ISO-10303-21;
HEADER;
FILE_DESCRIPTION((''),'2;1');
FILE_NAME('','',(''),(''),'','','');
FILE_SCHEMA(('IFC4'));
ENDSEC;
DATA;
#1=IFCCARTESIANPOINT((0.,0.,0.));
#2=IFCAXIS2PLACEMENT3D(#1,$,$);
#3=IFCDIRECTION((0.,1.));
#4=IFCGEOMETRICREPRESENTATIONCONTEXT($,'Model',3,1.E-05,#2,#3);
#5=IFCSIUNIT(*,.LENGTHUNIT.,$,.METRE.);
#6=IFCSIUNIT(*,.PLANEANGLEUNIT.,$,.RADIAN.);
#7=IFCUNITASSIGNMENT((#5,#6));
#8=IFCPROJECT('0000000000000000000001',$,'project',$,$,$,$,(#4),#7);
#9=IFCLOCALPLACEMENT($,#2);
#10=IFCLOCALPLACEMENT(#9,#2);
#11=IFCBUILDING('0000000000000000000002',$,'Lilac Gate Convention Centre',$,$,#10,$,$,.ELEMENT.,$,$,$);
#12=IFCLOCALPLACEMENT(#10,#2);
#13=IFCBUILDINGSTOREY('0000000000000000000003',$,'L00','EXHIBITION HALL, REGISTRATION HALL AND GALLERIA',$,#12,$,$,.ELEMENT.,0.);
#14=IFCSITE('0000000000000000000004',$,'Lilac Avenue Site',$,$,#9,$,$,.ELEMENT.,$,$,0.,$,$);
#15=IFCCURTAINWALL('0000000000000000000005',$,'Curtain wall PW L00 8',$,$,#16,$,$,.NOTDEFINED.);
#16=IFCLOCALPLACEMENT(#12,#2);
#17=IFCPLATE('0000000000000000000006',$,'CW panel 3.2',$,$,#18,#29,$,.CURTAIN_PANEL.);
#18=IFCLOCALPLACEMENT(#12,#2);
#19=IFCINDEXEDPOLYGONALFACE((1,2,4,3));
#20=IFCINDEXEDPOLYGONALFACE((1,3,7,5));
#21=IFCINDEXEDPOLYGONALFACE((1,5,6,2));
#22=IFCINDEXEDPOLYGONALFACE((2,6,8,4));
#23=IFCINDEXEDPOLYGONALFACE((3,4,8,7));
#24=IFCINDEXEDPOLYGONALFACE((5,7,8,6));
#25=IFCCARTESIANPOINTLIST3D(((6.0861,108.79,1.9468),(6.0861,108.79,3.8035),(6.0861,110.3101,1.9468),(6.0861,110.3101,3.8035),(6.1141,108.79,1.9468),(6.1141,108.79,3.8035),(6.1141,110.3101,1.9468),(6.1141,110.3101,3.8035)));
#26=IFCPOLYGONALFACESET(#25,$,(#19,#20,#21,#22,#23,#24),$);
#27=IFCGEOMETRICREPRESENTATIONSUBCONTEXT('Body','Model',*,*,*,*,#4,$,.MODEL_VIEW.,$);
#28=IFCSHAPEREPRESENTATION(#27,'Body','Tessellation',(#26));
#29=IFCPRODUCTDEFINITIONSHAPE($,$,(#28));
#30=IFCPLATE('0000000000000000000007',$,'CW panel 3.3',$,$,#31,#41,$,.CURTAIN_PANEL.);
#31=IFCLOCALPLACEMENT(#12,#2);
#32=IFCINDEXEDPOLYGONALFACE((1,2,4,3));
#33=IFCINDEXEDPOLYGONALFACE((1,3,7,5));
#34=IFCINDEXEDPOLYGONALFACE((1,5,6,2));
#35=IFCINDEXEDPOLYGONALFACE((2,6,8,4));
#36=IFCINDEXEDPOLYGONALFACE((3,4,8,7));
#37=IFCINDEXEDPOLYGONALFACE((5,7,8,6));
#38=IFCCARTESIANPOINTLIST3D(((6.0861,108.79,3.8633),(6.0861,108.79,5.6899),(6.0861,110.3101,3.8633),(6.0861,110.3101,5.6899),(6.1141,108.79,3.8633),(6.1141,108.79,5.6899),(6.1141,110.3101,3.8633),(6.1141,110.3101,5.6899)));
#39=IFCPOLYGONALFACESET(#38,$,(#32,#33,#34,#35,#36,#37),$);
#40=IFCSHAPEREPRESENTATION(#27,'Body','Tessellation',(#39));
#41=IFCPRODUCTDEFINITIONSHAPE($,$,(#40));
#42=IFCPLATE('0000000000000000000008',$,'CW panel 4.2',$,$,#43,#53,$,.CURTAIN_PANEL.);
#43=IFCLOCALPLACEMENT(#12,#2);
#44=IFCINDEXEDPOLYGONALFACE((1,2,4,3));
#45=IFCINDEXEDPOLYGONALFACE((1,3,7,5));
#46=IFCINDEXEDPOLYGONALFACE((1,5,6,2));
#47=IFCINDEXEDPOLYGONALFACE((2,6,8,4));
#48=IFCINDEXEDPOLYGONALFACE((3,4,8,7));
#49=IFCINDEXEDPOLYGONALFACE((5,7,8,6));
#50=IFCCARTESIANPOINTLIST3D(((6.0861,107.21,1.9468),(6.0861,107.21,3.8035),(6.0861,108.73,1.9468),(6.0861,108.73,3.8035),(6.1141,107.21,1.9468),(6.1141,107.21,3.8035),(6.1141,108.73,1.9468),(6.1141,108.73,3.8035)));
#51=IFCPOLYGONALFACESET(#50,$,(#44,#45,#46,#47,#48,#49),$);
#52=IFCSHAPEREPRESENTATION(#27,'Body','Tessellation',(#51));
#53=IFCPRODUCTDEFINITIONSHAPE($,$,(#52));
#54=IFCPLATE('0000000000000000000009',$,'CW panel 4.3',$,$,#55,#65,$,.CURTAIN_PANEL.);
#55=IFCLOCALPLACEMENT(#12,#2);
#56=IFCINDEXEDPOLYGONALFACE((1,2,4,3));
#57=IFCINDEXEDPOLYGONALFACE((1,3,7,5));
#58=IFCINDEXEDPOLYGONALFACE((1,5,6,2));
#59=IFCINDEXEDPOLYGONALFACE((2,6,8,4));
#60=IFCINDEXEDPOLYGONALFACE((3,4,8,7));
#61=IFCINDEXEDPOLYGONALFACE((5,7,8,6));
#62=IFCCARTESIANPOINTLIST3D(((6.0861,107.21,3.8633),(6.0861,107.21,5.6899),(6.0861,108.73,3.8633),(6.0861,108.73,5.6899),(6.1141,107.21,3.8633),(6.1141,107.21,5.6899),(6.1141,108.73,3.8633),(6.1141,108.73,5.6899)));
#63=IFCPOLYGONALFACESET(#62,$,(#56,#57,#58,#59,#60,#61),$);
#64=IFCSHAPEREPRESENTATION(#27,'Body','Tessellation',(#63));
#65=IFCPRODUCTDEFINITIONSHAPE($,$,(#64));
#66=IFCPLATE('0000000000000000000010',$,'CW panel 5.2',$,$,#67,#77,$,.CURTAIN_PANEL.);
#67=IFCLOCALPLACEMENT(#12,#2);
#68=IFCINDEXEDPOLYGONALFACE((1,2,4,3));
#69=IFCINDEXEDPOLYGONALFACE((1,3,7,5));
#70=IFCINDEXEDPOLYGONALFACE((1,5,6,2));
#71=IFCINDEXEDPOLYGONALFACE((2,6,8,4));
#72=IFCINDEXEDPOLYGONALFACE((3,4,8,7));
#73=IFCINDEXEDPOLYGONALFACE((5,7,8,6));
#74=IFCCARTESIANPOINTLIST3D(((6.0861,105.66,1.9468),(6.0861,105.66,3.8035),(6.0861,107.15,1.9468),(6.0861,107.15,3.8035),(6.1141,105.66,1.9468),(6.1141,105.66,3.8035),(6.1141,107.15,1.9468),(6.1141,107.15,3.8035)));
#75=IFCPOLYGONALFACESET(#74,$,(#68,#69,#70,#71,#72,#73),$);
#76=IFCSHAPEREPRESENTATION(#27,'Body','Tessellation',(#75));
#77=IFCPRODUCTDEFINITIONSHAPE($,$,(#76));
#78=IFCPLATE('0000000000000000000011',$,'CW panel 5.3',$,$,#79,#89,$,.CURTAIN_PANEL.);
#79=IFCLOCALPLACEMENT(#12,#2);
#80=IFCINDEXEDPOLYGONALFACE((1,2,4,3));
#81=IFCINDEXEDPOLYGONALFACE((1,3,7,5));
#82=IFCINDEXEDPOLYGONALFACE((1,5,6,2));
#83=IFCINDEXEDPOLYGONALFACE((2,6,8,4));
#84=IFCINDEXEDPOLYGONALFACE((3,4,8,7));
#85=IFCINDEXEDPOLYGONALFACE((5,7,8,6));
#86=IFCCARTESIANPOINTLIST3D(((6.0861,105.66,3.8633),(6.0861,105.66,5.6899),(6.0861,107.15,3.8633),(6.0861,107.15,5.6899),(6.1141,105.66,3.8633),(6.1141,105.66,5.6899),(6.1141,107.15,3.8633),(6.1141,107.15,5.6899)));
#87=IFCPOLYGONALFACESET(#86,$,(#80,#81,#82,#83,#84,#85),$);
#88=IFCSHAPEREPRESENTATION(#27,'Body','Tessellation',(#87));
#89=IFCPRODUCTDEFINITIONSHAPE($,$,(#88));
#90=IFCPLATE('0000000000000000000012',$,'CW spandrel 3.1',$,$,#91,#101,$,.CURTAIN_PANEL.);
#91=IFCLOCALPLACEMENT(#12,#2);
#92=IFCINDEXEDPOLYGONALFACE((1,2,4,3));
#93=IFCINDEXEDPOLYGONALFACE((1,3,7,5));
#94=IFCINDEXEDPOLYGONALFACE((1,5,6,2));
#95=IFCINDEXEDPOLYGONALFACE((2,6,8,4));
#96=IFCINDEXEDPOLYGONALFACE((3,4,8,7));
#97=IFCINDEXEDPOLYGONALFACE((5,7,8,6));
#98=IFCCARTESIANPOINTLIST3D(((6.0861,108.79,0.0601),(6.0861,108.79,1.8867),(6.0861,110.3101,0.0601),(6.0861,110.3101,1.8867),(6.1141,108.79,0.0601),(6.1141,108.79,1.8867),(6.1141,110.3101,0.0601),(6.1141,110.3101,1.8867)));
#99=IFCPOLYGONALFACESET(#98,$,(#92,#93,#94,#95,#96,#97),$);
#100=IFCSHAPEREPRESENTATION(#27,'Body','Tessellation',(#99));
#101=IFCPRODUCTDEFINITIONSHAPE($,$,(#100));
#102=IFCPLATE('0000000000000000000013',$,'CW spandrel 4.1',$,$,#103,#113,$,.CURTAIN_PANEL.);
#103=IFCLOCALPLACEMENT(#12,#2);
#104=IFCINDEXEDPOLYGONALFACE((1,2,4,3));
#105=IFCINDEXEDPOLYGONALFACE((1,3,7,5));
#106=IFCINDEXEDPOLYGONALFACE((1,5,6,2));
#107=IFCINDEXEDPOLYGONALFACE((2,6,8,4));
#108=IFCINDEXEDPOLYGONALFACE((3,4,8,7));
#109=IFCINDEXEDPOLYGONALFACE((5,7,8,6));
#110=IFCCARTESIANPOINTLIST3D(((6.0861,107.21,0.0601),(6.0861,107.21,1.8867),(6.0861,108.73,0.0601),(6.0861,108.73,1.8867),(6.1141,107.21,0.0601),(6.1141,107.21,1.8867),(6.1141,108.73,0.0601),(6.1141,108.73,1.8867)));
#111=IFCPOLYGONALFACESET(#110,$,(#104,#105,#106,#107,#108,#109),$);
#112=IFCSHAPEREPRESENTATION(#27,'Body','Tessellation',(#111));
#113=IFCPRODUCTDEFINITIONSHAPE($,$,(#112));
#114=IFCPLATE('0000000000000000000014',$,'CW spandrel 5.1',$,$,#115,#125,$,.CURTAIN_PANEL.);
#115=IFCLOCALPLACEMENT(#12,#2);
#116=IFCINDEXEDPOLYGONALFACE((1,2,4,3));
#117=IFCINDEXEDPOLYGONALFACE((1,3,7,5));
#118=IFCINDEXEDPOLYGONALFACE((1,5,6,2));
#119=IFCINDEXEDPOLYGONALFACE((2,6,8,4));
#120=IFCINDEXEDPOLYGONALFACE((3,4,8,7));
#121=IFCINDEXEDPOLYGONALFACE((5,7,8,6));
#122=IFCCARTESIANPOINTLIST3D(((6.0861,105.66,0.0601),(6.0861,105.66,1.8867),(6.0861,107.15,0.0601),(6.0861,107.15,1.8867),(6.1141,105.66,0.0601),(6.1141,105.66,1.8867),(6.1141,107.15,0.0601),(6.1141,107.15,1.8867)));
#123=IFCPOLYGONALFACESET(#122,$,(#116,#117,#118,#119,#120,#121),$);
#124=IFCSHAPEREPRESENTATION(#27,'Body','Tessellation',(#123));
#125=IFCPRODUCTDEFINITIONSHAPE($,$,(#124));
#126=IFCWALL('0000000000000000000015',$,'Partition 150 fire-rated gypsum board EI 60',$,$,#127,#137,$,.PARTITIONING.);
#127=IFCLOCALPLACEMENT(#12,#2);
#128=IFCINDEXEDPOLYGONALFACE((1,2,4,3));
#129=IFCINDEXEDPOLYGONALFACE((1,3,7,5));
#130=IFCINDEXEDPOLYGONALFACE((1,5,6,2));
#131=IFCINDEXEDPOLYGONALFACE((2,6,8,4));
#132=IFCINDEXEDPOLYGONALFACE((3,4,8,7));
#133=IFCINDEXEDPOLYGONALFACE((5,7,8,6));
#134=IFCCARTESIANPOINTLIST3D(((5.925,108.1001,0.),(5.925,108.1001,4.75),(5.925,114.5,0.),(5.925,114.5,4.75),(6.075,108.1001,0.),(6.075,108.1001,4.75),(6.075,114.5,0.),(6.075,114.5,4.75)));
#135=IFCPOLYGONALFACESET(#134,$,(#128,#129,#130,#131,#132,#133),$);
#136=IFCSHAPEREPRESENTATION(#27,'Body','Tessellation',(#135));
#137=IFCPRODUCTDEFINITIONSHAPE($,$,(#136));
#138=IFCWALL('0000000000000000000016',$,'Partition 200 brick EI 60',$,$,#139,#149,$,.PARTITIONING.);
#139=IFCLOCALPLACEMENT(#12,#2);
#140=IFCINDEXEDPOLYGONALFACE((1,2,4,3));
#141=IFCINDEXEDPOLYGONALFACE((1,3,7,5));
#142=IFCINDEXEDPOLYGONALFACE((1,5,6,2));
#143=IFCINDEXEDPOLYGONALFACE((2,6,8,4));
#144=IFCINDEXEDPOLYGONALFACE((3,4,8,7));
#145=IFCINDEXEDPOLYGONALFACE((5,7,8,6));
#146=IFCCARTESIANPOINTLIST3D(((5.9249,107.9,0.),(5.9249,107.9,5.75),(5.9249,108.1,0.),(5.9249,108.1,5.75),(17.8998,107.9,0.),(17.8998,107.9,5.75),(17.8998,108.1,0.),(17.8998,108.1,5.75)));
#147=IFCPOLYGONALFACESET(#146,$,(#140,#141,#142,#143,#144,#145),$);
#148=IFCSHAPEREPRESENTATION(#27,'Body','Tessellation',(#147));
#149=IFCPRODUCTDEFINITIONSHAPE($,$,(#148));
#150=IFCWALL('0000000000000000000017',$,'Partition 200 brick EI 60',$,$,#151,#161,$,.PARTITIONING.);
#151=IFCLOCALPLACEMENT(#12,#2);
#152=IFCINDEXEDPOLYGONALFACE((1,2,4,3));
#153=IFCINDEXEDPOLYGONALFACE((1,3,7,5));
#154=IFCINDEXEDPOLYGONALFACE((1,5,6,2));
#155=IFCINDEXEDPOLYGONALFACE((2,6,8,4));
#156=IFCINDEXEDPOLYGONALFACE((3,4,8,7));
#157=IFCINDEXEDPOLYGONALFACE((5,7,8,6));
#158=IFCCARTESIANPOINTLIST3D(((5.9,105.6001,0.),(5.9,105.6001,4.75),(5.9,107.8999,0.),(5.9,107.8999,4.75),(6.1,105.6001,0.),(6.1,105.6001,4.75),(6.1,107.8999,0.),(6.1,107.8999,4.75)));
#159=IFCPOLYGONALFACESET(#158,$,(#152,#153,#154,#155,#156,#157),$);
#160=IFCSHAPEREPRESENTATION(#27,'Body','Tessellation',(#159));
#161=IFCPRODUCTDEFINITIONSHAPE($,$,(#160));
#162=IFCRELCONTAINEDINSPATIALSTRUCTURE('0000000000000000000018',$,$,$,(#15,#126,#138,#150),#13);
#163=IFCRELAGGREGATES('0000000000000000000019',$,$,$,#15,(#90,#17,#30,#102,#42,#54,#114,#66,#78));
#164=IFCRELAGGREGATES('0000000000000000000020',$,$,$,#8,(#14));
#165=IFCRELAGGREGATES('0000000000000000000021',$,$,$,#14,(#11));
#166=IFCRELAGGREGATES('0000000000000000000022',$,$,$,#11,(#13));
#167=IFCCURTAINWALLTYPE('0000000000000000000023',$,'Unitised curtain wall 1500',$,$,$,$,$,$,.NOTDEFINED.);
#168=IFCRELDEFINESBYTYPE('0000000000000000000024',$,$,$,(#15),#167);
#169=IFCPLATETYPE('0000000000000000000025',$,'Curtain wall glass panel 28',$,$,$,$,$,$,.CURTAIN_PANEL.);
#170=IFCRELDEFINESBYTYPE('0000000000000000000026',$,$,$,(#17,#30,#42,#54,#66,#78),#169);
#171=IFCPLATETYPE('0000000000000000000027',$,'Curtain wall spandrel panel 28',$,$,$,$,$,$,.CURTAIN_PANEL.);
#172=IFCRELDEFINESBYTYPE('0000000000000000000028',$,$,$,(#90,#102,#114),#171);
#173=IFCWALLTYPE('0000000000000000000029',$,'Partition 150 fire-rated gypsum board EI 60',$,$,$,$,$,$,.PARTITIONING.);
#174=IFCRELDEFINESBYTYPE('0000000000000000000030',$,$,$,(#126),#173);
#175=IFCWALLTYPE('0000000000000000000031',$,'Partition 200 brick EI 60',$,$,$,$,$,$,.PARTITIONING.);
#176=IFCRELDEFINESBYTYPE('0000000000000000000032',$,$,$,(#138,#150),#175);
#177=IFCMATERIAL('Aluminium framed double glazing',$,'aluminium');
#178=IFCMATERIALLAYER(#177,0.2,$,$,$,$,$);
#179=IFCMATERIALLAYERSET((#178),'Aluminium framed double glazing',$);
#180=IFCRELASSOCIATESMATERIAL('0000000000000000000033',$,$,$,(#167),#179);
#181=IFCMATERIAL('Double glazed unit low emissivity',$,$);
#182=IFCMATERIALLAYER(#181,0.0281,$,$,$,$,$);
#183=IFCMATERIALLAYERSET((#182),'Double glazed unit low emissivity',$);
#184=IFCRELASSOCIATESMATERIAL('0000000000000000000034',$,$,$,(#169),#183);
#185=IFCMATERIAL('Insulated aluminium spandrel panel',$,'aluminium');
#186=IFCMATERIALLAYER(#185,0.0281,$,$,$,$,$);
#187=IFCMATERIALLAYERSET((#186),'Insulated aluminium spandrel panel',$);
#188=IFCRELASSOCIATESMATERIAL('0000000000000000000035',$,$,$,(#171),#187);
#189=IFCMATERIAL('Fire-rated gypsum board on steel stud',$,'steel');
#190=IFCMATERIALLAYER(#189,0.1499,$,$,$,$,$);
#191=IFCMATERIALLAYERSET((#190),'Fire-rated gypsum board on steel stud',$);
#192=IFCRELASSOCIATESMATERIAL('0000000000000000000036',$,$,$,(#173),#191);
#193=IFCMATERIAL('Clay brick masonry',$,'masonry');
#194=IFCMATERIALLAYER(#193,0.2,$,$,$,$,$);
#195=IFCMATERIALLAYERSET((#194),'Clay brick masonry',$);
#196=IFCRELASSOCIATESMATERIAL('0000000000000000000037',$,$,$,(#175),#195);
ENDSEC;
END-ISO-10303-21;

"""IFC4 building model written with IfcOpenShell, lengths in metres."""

from ifc_helpers import new_model, si_unit, direction, frame, frame_2d, origin, origin_2d, place, context, subcontext, project, spatial, rectangle, extrude, material, layer, layer_set, type_object, element, aggregate, save


model = new_model("IFC4")

# Units and contexts
model_context = context("Model", 3, precision=1e-05, world=origin(), true_north=direction((0.0, 1.0)))
body_context = subcontext(model_context, "Body", "Model", "MODEL_VIEW")
ifc_project = project(units=[si_unit("LENGTHUNIT", "METRE"), si_unit("PLANEANGLEUNIT", "RADIAN")], contexts=[model_context])

# Site, building, storey
site_placement = place(None, origin())
site = spatial("IfcSite", under=ifc_project, at=site_placement, Name="Lilac Avenue Site", CompositionType="ELEMENT", RefElevation=0.0)
building_placement = place(site_placement, origin())
building = spatial("IfcBuilding", under=site, at=building_placement, Name="Lilac Gate Convention Centre", CompositionType="ELEMENT")
storey_placement = place(building_placement, origin())
storey = spatial("IfcBuildingStorey", under=building, at=storey_placement, Name="L00", Description="EXHIBITION HALL, REGISTRATION HALL AND GALLERIA", CompositionType="ELEMENT", Elevation=0.0)

# Curtain wall, plates
ifc_material_1 = material(Name="Aluminium framed double glazing", Category="aluminium")
ifc_layer_1 = layer(ifc_material_1, 0.2)
ifc_layer_set_1 = layer_set([ifc_layer_1], Name="Aluminium framed double glazing")
curtain_wall_type = type_object("IfcCurtainWallType", Name="Unitised curtain wall 1500", PredefinedType="NOTDEFINED", material=ifc_layer_set_1)
curtain_wall_placement = place(storey_placement, origin())
curtain_wall = element("IfcCurtainWall", 1, at=curtain_wall_placement, inside=storey, type_object=curtain_wall_type, Name="Curtain wall PW L00 8", PredefinedType="NOTDEFINED")
ifc_material_2 = material(Name="Double glazed unit low emissivity")
ifc_layer_2 = layer(ifc_material_2, 0.0281)
ifc_layer_set_2 = layer_set([ifc_layer_2], Name="Double glazed unit low emissivity")
plate_type_1 = type_object("IfcPlateType", Name="Curtain wall glass panel 28", PredefinedType="CURTAIN_PANEL", material=ifc_layer_set_2)
plate_1_placement = place(storey_placement, frame((6.1001, 109.55, 1.9468), z_axis=(0.0, 0.0, 1.0), x_axis=(0.0, -1.0, 0.0)))
plate_1 = element("IfcPlate", 2, at=plate_1_placement, type_object=plate_type_1, Name="CW panel 3.2", PredefinedType="CURTAIN_PANEL", context=body_context, shape_type="SweptSolid", body=[
    extrude(rectangle(XDim=1.52, YDim=0.0281, at=origin_2d()), origin(), (0.0, 0.0, 1.0), 1.8567),
])
plate_2_placement = place(storey_placement, frame((6.1001, 109.55, 3.8633), z_axis=(0.0, 0.0, 1.0), x_axis=(0.0, -1.0, 0.0)))
plate_2 = element("IfcPlate", 3, at=plate_2_placement, type_object=plate_type_1, Name="CW panel 3.3", PredefinedType="CURTAIN_PANEL", context=body_context, shape_type="SweptSolid", body=[
    extrude(rectangle(XDim=1.52, YDim=0.0281, at=origin_2d()), origin(), (0.0, 0.0, 1.0), 1.8267),
])
plate_3_placement = place(storey_placement, frame((6.1001, 107.97, 1.9468), z_axis=(0.0, 0.0, 1.0), x_axis=(0.0, -1.0, 0.0)))
plate_3 = element("IfcPlate", 4, at=plate_3_placement, type_object=plate_type_1, Name="CW panel 4.2", PredefinedType="CURTAIN_PANEL", context=body_context, shape_type="SweptSolid", body=[
    extrude(rectangle(XDim=1.52, YDim=0.0281, at=origin_2d()), origin(), (0.0, 0.0, 1.0), 1.8567),
])
plate_4_placement = place(storey_placement, frame((6.1001, 107.97, 3.8633), z_axis=(0.0, 0.0, 1.0), x_axis=(0.0, -1.0, 0.0)))
plate_4 = element("IfcPlate", 5, at=plate_4_placement, type_object=plate_type_1, Name="CW panel 4.3", PredefinedType="CURTAIN_PANEL", context=body_context, shape_type="SweptSolid", body=[
    extrude(rectangle(XDim=1.52, YDim=0.0281, at=origin_2d()), origin(), (0.0, 0.0, 1.0), 1.8267),
])
plate_5_placement = place(storey_placement, frame((6.1001, 106.405, 1.9468), z_axis=(0.0, 0.0, 1.0), x_axis=(0.0, -1.0, 0.0)))
plate_5 = element("IfcPlate", 6, at=plate_5_placement, type_object=plate_type_1, Name="CW panel 5.2", PredefinedType="CURTAIN_PANEL", context=body_context, shape_type="SweptSolid", body=[
    extrude(rectangle(XDim=1.49, YDim=0.0281, at=origin_2d()), origin(), (0.0, 0.0, 1.0), 1.8567),
])
plate_6_placement = place(storey_placement, frame((6.1001, 106.405, 3.8633), z_axis=(0.0, 0.0, 1.0), x_axis=(0.0, -1.0, 0.0)))
plate_6 = element("IfcPlate", 7, at=plate_6_placement, type_object=plate_type_1, Name="CW panel 5.3", PredefinedType="CURTAIN_PANEL", context=body_context, shape_type="SweptSolid", body=[
    extrude(rectangle(XDim=1.49, YDim=0.0281, at=origin_2d()), origin(), (0.0, 0.0, 1.0), 1.8267),
])
ifc_material_3 = material(Name="Insulated aluminium spandrel panel", Category="aluminium")
ifc_layer_3 = layer(ifc_material_3, 0.0281)
ifc_layer_set_3 = layer_set([ifc_layer_3], Name="Insulated aluminium spandrel panel")
plate_type_2 = type_object("IfcPlateType", Name="Curtain wall spandrel panel 28", PredefinedType="CURTAIN_PANEL", material=ifc_layer_set_3)
plate_7_placement = place(storey_placement, frame((6.1001, 109.55, 0.0601), z_axis=(0.0, 0.0, 1.0), x_axis=(0.0, -1.0, 0.0)))
plate_7 = element("IfcPlate", 8, at=plate_7_placement, type_object=plate_type_2, Name="CW spandrel 3.1", PredefinedType="CURTAIN_PANEL", context=body_context, shape_type="SweptSolid", body=[
    extrude(rectangle(XDim=1.52, YDim=0.0281, at=origin_2d()), origin(), (0.0, 0.0, 1.0), 1.8267),
])
plate_8_placement = place(storey_placement, frame((6.1001, 107.97, 0.0601), z_axis=(0.0, 0.0, 1.0), x_axis=(0.0, -1.0, 0.0)))
plate_8 = element("IfcPlate", 9, at=plate_8_placement, type_object=plate_type_2, Name="CW spandrel 4.1", PredefinedType="CURTAIN_PANEL", context=body_context, shape_type="SweptSolid", body=[
    extrude(rectangle(XDim=1.52, YDim=0.0281, at=origin_2d()), origin(), (0.0, 0.0, 1.0), 1.8267),
])
plate_9_placement = place(storey_placement, frame((6.1001, 106.405, 0.0601), z_axis=(0.0, 0.0, 1.0), x_axis=(0.0, -1.0, 0.0)))
plate_9 = element("IfcPlate", 10, at=plate_9_placement, type_object=plate_type_2, Name="CW spandrel 5.1", PredefinedType="CURTAIN_PANEL", context=body_context, shape_type="SweptSolid", body=[
    extrude(rectangle(XDim=1.49, YDim=0.0281, at=origin_2d()), origin(), (0.0, 0.0, 1.0), 1.8267),
])
aggregate(curtain_wall, [plate_7, plate_1, plate_2, plate_8, plate_3, plate_4, plate_9, plate_5, plate_6])

# Walls
ifc_material_4 = material(Name="Fire-rated gypsum board on steel stud", Category="steel")
ifc_layer_4 = layer(ifc_material_4, 0.1499)
ifc_layer_set_4 = layer_set([ifc_layer_4], Name="Fire-rated gypsum board on steel stud")
wall_type_1 = type_object("IfcWallType", Name="Partition 150 fire-rated gypsum board EI 60", PredefinedType="PARTITIONING", material=ifc_layer_set_4)
wall_1_placement = place(storey_placement, frame((6.0, 108.1001, 0.0), z_axis=(0.0, 0.0, 1.0), x_axis=(0.0, 1.0, 0.0)))
element("IfcWall", 11, at=wall_1_placement, inside=storey, type_object=wall_type_1, Name="Partition 150 fire-rated gypsum board EI 60", PredefinedType="PARTITIONING", context=body_context, shape_type="SweptSolid", body=[
    extrude(rectangle(XDim=6.3999, YDim=0.1499, at=frame_2d((3.2, 0.0))), origin(), (0.0, 0.0, 1.0), 4.75),
])
ifc_material_5 = material(Name="Clay brick masonry", Category="masonry")
ifc_layer_5 = layer(ifc_material_5, 0.2)
ifc_layer_set_5 = layer_set([ifc_layer_5], Name="Clay brick masonry")
wall_type_2 = type_object("IfcWallType", Name="Partition 200 brick EI 60", PredefinedType="PARTITIONING", material=ifc_layer_set_5)
wall_2_placement = place(storey_placement, frame((5.925, 108.0, 0.0), z_axis=(0.0, 0.0, 1.0), x_axis=(1.0, 0.0, 0.0)))
element("IfcWall", 12, at=wall_2_placement, inside=storey, type_object=wall_type_2, Name="Partition 200 brick EI 60", PredefinedType="PARTITIONING", context=body_context, shape_type="SweptSolid", body=[
    extrude(rectangle(XDim=11.9749, YDim=0.2, at=frame_2d((5.9873, 0.0))), origin(), (0.0, 0.0, 1.0), 5.75),
])
wall_3_placement = place(storey_placement, frame((6.0, 105.6001, 0.0), z_axis=(0.0, 0.0, 1.0), x_axis=(0.0, 1.0, 0.0)))
element("IfcWall", 13, at=wall_3_placement, inside=storey, type_object=wall_type_2, Name="Partition 200 brick EI 60", PredefinedType="PARTITIONING", context=body_context, shape_type="SweptSolid", body=[
    extrude(rectangle(XDim=2.2998, YDim=0.2, at=frame_2d((1.1499, 0.0))), origin(), (0.0, 0.0, 1.0), 4.75),
])

save(model, "model.ifc")
